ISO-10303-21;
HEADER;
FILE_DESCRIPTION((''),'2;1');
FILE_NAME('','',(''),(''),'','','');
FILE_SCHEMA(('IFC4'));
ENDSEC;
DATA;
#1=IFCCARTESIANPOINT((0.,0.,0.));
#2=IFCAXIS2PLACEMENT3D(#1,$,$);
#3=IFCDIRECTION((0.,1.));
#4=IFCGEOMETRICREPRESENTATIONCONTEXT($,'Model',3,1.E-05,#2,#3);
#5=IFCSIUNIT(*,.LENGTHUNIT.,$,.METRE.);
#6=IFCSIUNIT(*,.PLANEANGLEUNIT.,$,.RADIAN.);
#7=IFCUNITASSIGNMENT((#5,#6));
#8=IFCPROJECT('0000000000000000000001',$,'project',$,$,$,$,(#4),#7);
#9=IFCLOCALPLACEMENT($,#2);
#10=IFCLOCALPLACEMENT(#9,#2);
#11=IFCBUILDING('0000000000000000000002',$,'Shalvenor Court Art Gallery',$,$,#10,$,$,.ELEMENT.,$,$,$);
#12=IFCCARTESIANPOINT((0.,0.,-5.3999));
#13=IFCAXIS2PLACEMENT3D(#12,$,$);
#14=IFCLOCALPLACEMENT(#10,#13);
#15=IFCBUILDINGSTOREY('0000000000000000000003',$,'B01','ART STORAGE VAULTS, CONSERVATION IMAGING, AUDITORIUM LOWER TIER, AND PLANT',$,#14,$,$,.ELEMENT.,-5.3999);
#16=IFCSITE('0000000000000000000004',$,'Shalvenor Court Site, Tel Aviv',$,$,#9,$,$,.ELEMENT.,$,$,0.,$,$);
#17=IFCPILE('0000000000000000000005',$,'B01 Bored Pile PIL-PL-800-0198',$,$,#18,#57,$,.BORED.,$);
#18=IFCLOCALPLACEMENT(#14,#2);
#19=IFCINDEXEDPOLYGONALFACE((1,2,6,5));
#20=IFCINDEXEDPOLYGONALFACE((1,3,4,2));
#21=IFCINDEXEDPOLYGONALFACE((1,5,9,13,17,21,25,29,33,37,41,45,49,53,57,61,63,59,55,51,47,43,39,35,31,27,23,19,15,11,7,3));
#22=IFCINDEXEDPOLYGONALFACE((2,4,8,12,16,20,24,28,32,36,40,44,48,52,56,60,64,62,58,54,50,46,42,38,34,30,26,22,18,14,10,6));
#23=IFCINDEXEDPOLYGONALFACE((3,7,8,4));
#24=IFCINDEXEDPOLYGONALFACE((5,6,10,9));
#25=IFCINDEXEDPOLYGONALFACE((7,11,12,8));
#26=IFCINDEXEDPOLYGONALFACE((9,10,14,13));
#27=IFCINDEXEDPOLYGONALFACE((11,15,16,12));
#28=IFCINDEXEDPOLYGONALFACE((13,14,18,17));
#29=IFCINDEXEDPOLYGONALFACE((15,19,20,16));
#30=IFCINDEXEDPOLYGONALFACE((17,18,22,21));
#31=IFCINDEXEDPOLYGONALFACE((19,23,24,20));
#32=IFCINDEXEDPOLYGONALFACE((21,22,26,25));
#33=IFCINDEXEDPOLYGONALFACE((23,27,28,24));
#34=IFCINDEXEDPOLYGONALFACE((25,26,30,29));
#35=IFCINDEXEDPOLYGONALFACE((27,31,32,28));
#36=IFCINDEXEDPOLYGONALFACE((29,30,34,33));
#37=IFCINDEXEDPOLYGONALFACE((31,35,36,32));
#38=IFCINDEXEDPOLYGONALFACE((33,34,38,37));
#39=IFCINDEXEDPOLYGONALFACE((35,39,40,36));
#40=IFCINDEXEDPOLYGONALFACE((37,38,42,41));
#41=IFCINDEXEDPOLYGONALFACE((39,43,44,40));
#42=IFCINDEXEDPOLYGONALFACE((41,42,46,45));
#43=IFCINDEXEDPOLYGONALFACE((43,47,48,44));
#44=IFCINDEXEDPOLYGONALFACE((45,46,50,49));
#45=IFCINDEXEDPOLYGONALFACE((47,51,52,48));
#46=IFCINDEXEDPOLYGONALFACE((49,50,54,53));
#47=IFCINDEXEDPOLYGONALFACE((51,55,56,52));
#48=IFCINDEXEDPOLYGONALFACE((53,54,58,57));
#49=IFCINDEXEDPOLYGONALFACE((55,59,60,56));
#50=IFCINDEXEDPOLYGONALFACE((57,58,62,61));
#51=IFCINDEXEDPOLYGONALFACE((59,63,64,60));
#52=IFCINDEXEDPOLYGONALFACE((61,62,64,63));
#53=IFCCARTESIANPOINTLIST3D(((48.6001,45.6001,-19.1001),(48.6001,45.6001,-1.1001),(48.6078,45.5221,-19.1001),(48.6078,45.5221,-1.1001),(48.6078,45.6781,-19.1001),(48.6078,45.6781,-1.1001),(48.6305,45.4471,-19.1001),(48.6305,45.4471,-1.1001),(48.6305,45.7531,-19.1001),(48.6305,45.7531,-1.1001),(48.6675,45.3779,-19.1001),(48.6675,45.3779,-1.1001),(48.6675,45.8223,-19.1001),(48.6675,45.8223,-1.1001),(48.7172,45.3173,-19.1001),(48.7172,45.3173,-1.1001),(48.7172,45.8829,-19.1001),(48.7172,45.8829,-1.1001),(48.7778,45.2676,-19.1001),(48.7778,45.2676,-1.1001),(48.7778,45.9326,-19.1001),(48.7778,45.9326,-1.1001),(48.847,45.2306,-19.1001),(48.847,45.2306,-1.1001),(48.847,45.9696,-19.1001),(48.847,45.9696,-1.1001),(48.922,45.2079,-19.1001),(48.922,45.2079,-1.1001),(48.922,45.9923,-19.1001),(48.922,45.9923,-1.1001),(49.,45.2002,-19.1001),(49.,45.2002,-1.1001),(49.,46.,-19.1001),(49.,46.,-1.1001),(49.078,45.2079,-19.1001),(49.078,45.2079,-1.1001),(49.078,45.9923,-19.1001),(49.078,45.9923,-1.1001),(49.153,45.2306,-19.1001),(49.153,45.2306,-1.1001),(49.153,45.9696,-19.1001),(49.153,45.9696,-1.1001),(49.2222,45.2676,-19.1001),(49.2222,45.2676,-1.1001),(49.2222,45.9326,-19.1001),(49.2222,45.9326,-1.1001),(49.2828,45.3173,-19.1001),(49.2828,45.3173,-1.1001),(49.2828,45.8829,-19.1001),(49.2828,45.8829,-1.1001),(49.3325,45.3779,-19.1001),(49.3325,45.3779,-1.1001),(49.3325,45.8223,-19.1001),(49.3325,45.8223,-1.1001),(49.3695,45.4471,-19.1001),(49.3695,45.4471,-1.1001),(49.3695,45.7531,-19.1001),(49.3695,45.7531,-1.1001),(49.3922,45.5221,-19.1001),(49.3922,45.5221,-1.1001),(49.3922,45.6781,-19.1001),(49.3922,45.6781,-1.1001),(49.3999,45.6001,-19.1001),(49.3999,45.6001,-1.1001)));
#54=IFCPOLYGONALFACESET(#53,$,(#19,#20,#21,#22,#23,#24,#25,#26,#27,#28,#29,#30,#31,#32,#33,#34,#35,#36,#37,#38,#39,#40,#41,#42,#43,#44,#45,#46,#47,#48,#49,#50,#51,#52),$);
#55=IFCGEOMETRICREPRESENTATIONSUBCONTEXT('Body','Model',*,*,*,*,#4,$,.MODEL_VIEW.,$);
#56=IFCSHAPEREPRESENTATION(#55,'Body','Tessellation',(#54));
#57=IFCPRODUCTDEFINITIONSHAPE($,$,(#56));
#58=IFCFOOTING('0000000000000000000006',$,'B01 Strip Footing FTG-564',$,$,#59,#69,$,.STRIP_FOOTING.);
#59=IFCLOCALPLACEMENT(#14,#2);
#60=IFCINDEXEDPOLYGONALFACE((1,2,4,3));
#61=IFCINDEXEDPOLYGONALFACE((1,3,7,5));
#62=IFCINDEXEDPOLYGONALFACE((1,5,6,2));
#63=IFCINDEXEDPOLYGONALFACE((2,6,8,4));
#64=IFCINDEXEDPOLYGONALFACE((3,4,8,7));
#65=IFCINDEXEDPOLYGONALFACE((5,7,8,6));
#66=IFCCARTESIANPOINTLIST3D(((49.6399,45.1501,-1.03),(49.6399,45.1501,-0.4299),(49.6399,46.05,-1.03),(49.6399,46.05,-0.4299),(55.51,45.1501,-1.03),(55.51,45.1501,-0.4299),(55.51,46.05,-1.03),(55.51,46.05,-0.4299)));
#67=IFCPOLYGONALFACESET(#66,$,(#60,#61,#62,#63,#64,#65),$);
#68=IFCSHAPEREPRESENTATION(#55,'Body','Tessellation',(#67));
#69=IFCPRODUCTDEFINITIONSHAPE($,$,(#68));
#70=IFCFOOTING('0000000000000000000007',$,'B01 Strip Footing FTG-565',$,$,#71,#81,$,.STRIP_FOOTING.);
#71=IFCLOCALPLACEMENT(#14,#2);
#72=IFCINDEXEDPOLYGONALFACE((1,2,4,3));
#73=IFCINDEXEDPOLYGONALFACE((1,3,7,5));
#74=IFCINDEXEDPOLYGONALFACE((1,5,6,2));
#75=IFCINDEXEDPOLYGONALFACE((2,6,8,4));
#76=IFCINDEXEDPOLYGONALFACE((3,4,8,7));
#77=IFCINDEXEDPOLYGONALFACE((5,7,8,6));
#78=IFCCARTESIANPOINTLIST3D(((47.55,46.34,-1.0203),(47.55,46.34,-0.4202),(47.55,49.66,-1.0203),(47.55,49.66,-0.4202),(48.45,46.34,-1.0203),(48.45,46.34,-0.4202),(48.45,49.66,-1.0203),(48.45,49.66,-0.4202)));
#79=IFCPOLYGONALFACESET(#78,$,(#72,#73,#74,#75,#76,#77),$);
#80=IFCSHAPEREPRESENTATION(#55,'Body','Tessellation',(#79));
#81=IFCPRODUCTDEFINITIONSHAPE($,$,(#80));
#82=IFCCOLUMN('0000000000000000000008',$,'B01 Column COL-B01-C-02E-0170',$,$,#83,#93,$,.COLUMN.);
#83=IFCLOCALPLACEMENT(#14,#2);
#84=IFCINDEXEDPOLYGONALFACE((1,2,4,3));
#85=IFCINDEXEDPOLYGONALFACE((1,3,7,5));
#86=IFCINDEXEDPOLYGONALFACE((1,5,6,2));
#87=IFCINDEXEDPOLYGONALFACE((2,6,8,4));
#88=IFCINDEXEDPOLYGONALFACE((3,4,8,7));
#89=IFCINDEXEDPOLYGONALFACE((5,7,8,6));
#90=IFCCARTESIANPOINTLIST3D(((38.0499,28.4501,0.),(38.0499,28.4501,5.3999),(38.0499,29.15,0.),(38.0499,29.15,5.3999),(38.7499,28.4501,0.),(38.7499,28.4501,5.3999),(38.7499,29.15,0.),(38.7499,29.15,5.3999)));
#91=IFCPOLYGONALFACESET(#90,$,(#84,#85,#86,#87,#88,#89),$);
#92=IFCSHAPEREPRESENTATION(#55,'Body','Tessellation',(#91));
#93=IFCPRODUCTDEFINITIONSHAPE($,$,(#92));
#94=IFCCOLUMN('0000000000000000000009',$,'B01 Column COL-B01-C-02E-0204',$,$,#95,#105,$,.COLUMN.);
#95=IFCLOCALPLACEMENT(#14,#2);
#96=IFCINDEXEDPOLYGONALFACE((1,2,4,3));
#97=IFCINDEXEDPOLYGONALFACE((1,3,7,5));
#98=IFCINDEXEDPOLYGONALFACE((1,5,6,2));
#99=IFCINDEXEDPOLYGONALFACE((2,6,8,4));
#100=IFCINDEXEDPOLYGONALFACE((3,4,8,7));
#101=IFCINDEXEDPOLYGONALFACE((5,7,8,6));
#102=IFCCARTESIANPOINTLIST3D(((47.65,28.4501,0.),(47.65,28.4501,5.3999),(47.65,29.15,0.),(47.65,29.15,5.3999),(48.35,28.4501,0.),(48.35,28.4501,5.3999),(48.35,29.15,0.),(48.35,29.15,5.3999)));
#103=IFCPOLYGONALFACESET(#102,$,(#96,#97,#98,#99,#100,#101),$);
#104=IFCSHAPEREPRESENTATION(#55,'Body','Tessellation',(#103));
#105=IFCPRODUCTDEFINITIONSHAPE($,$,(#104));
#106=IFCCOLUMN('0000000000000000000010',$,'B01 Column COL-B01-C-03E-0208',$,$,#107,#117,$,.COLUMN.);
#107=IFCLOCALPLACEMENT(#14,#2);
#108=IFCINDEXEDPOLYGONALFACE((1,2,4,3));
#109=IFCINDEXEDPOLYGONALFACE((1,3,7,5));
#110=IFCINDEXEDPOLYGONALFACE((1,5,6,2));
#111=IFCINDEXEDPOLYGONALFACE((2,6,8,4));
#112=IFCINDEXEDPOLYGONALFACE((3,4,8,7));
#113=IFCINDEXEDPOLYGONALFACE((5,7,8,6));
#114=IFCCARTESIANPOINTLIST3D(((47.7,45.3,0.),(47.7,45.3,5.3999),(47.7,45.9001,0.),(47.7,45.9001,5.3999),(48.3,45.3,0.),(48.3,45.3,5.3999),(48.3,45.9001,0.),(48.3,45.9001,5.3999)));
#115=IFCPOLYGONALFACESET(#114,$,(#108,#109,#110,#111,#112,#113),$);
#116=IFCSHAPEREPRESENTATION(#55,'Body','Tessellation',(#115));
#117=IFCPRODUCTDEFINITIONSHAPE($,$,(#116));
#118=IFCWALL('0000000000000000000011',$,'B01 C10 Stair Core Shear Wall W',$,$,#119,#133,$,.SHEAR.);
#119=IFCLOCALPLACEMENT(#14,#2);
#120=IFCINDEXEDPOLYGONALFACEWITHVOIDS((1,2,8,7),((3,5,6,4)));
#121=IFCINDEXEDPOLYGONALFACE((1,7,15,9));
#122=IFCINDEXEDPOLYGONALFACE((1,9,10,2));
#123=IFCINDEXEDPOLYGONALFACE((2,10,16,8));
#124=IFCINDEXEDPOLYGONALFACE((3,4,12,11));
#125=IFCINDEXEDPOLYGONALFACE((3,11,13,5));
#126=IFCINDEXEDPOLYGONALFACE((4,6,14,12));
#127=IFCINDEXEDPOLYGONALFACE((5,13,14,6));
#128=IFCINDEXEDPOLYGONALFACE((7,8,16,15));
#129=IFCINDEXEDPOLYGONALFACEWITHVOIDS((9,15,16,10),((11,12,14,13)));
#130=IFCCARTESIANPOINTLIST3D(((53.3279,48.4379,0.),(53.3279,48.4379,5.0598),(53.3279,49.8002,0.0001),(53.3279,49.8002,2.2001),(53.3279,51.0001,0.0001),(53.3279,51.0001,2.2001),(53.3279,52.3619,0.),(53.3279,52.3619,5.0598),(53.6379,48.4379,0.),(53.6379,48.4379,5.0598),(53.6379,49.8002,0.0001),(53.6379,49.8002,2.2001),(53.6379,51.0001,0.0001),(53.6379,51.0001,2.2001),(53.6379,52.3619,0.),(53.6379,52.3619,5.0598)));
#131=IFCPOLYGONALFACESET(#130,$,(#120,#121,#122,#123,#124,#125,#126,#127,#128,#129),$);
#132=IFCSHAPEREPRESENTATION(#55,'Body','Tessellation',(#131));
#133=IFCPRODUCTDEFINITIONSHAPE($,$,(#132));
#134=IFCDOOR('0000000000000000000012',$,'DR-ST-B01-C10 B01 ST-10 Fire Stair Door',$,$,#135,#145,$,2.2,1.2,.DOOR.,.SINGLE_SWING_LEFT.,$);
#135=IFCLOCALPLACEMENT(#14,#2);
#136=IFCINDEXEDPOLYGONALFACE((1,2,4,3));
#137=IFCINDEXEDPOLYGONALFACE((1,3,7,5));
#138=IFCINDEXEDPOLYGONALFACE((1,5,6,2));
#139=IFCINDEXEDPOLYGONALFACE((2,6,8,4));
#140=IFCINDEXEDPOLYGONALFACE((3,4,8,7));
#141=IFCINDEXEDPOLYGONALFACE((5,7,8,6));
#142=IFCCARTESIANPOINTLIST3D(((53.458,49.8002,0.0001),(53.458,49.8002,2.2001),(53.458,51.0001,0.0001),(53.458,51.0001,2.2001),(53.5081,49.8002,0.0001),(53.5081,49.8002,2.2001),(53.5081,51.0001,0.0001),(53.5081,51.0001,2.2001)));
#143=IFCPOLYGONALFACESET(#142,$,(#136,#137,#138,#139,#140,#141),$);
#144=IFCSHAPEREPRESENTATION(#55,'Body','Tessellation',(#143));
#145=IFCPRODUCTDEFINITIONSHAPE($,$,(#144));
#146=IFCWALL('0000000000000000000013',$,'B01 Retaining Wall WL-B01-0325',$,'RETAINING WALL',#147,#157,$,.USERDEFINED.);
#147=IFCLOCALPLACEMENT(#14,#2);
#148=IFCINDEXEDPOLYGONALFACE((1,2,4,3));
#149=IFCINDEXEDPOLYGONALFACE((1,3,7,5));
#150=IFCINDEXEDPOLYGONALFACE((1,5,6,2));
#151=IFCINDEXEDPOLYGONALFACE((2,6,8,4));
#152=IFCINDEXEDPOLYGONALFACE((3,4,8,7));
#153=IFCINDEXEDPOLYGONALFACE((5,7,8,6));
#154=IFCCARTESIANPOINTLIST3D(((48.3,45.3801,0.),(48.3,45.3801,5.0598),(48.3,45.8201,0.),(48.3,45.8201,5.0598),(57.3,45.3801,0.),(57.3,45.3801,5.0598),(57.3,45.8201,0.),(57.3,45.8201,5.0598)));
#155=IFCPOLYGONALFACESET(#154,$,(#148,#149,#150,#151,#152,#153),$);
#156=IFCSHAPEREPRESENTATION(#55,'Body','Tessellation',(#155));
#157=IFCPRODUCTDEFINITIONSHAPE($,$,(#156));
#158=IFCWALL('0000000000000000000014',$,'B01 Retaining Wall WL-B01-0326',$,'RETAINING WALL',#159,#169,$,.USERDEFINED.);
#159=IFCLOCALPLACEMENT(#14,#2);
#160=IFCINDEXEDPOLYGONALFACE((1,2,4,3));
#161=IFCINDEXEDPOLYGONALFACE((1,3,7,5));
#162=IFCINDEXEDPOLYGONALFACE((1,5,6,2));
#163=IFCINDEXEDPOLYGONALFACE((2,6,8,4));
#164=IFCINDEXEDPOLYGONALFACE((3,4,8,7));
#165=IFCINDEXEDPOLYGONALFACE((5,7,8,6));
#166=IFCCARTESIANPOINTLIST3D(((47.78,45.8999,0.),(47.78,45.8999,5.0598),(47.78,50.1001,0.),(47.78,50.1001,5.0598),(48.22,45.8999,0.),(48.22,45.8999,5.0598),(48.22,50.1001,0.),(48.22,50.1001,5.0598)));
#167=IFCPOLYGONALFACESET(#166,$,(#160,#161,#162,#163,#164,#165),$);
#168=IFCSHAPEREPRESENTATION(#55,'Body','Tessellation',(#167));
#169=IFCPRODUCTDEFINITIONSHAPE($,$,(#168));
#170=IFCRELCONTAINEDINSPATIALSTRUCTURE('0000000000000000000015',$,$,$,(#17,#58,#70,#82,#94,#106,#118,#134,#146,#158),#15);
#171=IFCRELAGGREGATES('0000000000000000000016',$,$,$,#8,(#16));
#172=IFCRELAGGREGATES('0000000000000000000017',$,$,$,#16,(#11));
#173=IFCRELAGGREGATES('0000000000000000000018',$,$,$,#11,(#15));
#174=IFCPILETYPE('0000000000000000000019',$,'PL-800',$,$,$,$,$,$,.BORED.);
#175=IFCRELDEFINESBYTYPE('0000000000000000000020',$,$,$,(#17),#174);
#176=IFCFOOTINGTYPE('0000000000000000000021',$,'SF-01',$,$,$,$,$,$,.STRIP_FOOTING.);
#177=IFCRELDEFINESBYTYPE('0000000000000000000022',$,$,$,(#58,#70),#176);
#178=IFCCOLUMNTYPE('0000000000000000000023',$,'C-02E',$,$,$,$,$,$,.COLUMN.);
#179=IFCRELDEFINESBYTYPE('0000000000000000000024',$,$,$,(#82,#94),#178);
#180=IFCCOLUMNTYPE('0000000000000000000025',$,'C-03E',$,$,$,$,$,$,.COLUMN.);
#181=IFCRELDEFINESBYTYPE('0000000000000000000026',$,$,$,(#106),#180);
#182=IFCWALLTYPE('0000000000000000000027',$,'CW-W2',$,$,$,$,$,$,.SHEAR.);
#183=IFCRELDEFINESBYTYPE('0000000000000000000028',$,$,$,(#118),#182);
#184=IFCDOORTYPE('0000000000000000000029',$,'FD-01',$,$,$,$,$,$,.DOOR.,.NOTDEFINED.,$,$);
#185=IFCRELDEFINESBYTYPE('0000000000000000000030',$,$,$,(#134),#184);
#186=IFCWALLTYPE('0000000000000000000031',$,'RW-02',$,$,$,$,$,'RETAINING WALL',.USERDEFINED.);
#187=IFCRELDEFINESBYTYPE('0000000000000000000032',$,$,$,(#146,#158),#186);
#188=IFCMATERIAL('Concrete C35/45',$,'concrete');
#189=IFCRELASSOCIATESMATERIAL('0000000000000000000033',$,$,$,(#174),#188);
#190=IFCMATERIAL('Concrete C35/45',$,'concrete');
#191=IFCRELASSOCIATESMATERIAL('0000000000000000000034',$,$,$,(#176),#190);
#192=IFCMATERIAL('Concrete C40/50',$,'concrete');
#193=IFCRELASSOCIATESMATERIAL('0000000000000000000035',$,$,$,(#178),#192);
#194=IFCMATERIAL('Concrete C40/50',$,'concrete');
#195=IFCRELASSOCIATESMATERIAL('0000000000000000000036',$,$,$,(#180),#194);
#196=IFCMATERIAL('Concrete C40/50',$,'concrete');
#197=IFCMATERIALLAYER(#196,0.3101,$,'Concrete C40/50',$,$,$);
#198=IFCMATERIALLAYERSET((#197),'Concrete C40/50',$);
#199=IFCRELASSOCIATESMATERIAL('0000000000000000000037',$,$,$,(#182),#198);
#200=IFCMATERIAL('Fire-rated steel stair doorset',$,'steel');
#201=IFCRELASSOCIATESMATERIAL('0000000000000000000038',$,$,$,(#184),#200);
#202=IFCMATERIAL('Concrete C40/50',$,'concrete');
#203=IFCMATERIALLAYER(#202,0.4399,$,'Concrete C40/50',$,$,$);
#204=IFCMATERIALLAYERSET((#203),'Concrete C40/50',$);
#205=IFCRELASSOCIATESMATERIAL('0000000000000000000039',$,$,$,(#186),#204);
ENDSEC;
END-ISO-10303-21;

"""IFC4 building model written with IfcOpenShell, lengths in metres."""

from ifc_helpers import new_model, si_unit, direction, frame, frame_2d, origin, origin_2d, place, context, subcontext, project, spatial, rectangle, circle, extrude, material, layer, layer_set, material_profile, profile_set, type_object, element, fill, save


model = new_model("IFC4")

# Units and contexts
model_context = context("Model", 3, precision=1e-05, world=origin(), true_north=direction((0.0, 1.0)))
body_context = subcontext(model_context, "Body", "Model", "MODEL_VIEW")
ifc_project = project(units=[si_unit("LENGTHUNIT", "METRE"), si_unit("PLANEANGLEUNIT", "RADIAN")], contexts=[model_context])

# Site, building, storey
site_placement = place(None, origin())
site = spatial("IfcSite", under=ifc_project, at=site_placement, Name="Shalvenor Court Site, Tel Aviv", CompositionType="ELEMENT", RefElevation=0.0)
building_placement = place(site_placement, origin())
building = spatial("IfcBuilding", under=site, at=building_placement, Name="Shalvenor Court Art Gallery", CompositionType="ELEMENT")
storey_placement = place(building_placement, frame((0.0, 0.0, -5.3999)))
storey = spatial("IfcBuildingStorey", under=building, at=storey_placement, Name="B01", Description="ART STORAGE VAULTS, CONSERVATION IMAGING, AUDITORIUM LOWER TIER, AND PLANT", CompositionType="ELEMENT", Elevation=-5.3999)

# Pile
ifc_material_1 = material(Name="Concrete C35/45", Category="concrete")
ifc_material_profile_1 = material_profile(ifc_material_1, circle(Radius=0.3999, at=origin_2d()), Name="PILE 800")
ifc_profile_set_1 = profile_set([ifc_material_profile_1], Name="Concrete C35/45")
pile_type_1 = type_object("IfcPileType", Name="PL-800", PredefinedType="BORED", material=ifc_profile_set_1)
for number, where, z_axis, x_axis, name in (
    (1, (49.0, 45.6001, -1.1001), (0.0, 0.0, -1.0), (1.0, 0.0, 0.0), "B01 Bored Pile PIL-PL-800-0198"),
):
    element("IfcPile", number, at=place(storey_placement, frame(where, z_axis=z_axis, x_axis=x_axis)), inside=storey, type_object=pile_type_1, Name=name, PredefinedType="BORED", context=body_context, shape_type="SweptSolid", body=[
        extrude(circle(Radius=0.3999, at=origin_2d()), origin(), (0.0, 0.0, 1.0), 18.0),
    ])

# Footings
ifc_material_2 = material(Name="Concrete C35/45", Category="concrete")
footing_type_1 = type_object("IfcFootingType", Name="SF-01", PredefinedType="STRIP_FOOTING", material=ifc_material_2)
footing_1_placement = place(storey_placement, frame((52.575, 45.6001, -1.03), z_axis=(0.0, 0.0, 1.0), x_axis=(1.0, 0.0, 0.0)))
element("IfcFooting", 2, at=footing_1_placement, inside=storey, type_object=footing_type_1, Name="B01 Strip Footing FTG-564", PredefinedType="STRIP_FOOTING", context=body_context, shape_type="SweptSolid", body=[
    extrude(rectangle(XDim=5.8701, YDim=0.8999, at=origin_2d()), origin(), (0.0, 0.0, 1.0), 0.6001),
])
footing_2_placement = place(storey_placement, frame((48.0, 48.0, -1.0203), z_axis=(0.0, 0.0, 1.0), x_axis=(0.0, 1.0, 0.0)))
element("IfcFooting", 3, at=footing_2_placement, inside=storey, type_object=footing_type_1, Name="B01 Strip Footing FTG-565", PredefinedType="STRIP_FOOTING", context=body_context, shape_type="SweptSolid", body=[
    extrude(rectangle(XDim=3.3201, YDim=0.8999, at=origin_2d()), origin(), (0.0, 0.0, 1.0), 0.6001),
])

# Columns
ifc_material_3 = material(Name="Concrete C40/50", Category="concrete")
ifc_material_profile_2 = material_profile(ifc_material_3, rectangle(XDim=0.7, YDim=0.7, at=origin_2d()), Name="RC 700x700")
ifc_profile_set_2 = profile_set([ifc_material_profile_2], Name="Concrete C40/50")
column_type_1 = type_object("IfcColumnType", Name="C-02E", PredefinedType="COLUMN", material=ifc_profile_set_2)
for number, where, z_axis, x_axis, name in (
    (4, (38.3999, 28.8, 0.0), (0.0, 0.0, 1.0), (1.0, 0.0, 0.0), "B01 Column COL-B01-C-02E-0170"),
    (5, (48.0, 28.8, 0.0), (0.0, 0.0, 1.0), (1.0, 0.0, 0.0), "B01 Column COL-B01-C-02E-0204"),
):
    element("IfcColumn", number, at=place(storey_placement, frame(where, z_axis=z_axis, x_axis=x_axis)), inside=storey, type_object=column_type_1, Name=name, PredefinedType="COLUMN", context=body_context, shape_type="SweptSolid", body=[
        extrude(rectangle(XDim=0.7, YDim=0.7, at=origin_2d()), origin(), (0.0, 0.0, 1.0), 5.3999),
    ])
ifc_material_4 = material(Name="Concrete C40/50", Category="concrete")
ifc_material_profile_3 = material_profile(ifc_material_4, rectangle(XDim=0.6001, YDim=0.6001, at=origin_2d()), Name="RC 600x600")
ifc_profile_set_3 = profile_set([ifc_material_profile_3], Name="Concrete C40/50")
column_type_2 = type_object("IfcColumnType", Name="C-03E", PredefinedType="COLUMN", material=ifc_profile_set_3)
column_placement = place(storey_placement, frame((48.0, 45.6001, 0.0), z_axis=(0.0, 0.0, 1.0), x_axis=(1.0, 0.0, 0.0)))
element("IfcColumn", 6, at=column_placement, inside=storey, type_object=column_type_2, Name="B01 Column COL-B01-C-03E-0208", PredefinedType="COLUMN", context=body_context, shape_type="SweptSolid", body=[
    extrude(rectangle(XDim=0.6001, YDim=0.6001, at=origin_2d()), origin(), (0.0, 0.0, 1.0), 5.3999),
])

# Wall, opening, door
ifc_material_5 = material(Name="Concrete C40/50", Category="concrete")
ifc_layer_1 = layer(ifc_material_5, 0.3101, Name="Concrete C40/50")
ifc_layer_set_1 = layer_set([ifc_layer_1], Name="Concrete C40/50")
wall_type_1 = type_object("IfcWallType", Name="CW-W2", PredefinedType="SHEAR", material=ifc_layer_set_1)
wall_1_placement = place(storey_placement, frame((53.4829, 48.438, 0.0), z_axis=(0.0, 0.0, 1.0), x_axis=(0.0, 1.0, 0.0)))
wall_1 = element("IfcWall", 7, at=wall_1_placement, inside=storey, type_object=wall_type_1, Name="B01 C10 Stair Core Shear Wall W", PredefinedType="SHEAR", context=body_context, shape_type="SweptSolid", body=[
    extrude(rectangle(XDim=3.9241, YDim=0.3101, at=frame_2d((1.9619, 0.0))), origin(), (0.0, 0.0, 1.0), 5.0598),
])
opening_placement = place(wall_1_placement, frame((1.3621, 0.0, 0.0)))
opening = element("IfcOpeningElement", 8, at=opening_placement, cuts=wall_1, PredefinedType="OPENING", context=body_context, shape_type="SweptSolid", body=[
    extrude(rectangle(XDim=1.2, YDim=2.2, at=frame_2d((0.6001, 1.1001))), frame((0.0, 0.165, 0.0), z_axis=(0.0, -1.0, 0.0), x_axis=(1.0, 0.0, 0.0)), (0.0, 0.0, 1.0), 0.3301),
])
ifc_material_6 = material(Name="Fire-rated steel stair doorset", Category="steel")
door_type = type_object("IfcDoorType", Name="FD-01", OperationType="NOTDEFINED", PredefinedType="DOOR", material=ifc_material_6)
door_placement = place(opening_placement, origin())
door = element("IfcDoor", 9, at=door_placement, inside=storey, type_object=door_type, Name="DR-ST-B01-C10 B01 ST-10 Fire Stair Door", OperationType="SINGLE_SWING_LEFT", OverallHeight=2.2, OverallWidth=1.2, PredefinedType="DOOR", context=body_context, shape_type="SweptSolid", body=[
    extrude(rectangle(XDim=1.2, YDim=2.2, at=frame_2d((0.6001, 1.1001))), frame((0.0, 0.0249, 0.0), z_axis=(0.0, -1.0, 0.0), x_axis=(1.0, 0.0, 0.0)), (0.0, 0.0, 1.0), 0.05),
])
fill(opening, door)

# Walls
ifc_material_7 = material(Name="Concrete C40/50", Category="concrete")
ifc_layer_2 = layer(ifc_material_7, 0.4399, Name="Concrete C40/50")
ifc_layer_set_2 = layer_set([ifc_layer_2], Name="Concrete C40/50")
wall_type_2 = type_object("IfcWallType", Name="RW-02", ElementType="RETAINING WALL", PredefinedType="USERDEFINED", material=ifc_layer_set_2)
wall_2_placement = place(storey_placement, frame((57.3, 45.6001, 0.0), z_axis=(0.0, 0.0, 1.0), x_axis=(-1.0, 0.0, 0.0)))
element("IfcWall", 10, at=wall_2_placement, inside=storey, type_object=wall_type_2, Name="B01 Retaining Wall WL-B01-0325", ObjectType="RETAINING WALL", PredefinedType="USERDEFINED", context=body_context, shape_type="SweptSolid", body=[
    extrude(rectangle(XDim=9.0, YDim=0.4399, at=frame_2d((4.5, 0.0))), origin(), (0.0, 0.0, 1.0), 5.0598),
])
wall_3_placement = place(storey_placement, frame((48.0, 45.8999, 0.0), z_axis=(0.0, 0.0, 1.0), x_axis=(0.0, 1.0, 0.0)))
element("IfcWall", 11, at=wall_3_placement, inside=storey, type_object=wall_type_2, Name="B01 Retaining Wall WL-B01-0326", ObjectType="RETAINING WALL", PredefinedType="USERDEFINED", context=body_context, shape_type="SweptSolid", body=[
    extrude(rectangle(XDim=4.2002, YDim=0.4399, at=frame_2d((2.1001, 0.0))), origin(), (0.0, 0.0, 1.0), 5.0598),
])

save(model, "model.ifc")
